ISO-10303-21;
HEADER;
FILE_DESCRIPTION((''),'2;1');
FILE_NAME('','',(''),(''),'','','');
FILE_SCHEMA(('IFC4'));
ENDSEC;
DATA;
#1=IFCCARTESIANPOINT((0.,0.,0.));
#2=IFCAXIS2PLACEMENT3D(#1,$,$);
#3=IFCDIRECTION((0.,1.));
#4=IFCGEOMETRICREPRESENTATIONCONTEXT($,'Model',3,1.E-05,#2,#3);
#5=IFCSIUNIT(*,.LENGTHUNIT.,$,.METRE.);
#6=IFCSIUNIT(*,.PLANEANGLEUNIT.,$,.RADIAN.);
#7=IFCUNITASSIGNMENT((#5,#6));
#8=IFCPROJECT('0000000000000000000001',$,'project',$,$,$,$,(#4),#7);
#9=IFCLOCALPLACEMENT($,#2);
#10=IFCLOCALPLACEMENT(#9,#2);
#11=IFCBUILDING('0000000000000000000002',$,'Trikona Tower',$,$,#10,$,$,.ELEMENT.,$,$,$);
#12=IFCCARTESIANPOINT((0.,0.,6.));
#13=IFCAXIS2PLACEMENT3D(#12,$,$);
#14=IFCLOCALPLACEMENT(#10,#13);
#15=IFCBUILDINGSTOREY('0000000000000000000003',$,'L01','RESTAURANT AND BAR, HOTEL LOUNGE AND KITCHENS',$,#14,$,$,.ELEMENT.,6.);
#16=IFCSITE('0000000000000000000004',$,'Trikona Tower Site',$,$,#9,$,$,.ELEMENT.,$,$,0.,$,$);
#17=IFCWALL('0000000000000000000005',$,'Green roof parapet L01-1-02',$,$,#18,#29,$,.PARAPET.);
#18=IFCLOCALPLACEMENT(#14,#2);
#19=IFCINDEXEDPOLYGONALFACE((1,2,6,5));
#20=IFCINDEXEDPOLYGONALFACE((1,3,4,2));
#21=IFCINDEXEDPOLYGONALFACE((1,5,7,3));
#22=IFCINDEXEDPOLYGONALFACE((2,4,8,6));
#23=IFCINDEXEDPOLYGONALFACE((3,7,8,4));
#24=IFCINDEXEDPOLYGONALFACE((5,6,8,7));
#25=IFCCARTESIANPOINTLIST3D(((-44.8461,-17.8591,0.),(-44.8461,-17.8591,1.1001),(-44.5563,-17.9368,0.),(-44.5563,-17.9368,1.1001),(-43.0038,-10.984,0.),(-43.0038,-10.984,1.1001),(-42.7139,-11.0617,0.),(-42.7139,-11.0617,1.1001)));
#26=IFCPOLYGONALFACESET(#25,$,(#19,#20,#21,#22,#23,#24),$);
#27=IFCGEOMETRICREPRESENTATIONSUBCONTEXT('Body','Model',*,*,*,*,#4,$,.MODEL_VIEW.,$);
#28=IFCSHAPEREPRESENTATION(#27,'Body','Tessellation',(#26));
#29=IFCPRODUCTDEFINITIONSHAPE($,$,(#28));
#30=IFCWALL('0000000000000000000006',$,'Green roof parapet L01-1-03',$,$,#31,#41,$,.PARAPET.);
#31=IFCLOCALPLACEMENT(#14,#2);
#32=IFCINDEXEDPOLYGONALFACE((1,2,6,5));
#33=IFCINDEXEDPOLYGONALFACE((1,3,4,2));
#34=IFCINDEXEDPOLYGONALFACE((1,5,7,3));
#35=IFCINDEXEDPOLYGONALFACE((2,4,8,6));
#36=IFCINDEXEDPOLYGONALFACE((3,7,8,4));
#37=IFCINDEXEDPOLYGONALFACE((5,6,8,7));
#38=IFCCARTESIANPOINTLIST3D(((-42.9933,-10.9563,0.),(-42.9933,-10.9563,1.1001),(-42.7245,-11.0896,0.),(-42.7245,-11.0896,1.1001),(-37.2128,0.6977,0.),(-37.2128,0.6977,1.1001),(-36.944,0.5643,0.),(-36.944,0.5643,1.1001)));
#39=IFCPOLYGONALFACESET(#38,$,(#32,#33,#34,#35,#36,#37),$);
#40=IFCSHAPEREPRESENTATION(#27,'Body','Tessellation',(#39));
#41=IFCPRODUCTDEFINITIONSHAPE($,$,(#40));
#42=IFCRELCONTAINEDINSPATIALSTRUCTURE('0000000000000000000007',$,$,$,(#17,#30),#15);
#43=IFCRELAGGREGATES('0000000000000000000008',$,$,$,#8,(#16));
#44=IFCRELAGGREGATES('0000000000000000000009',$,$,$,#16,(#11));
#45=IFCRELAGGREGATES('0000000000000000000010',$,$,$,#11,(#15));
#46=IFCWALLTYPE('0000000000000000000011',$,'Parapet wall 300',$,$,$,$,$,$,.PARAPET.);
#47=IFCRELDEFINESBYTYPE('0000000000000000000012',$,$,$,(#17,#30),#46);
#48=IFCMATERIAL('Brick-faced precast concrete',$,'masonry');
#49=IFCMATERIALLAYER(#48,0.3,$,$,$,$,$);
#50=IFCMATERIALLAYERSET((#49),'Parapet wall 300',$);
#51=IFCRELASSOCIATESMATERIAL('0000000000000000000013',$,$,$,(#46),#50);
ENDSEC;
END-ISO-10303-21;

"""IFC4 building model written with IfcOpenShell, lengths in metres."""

from ifc_helpers import new_model, si_unit, direction, frame, frame_2d, origin, place, context, subcontext, project, spatial, rectangle, extrude, material, layer, layer_set, type_object, element, save


model = new_model("IFC4")

# Units and contexts
model_context = context("Model", 3, precision=1e-05, world=origin(), true_north=direction((0.0, 1.0)))
body_context = subcontext(model_context, "Body", "Model", "MODEL_VIEW")
ifc_project = project(units=[si_unit("LENGTHUNIT", "METRE"), si_unit("PLANEANGLEUNIT", "RADIAN")], contexts=[model_context])

# Site, building, storey
site_placement = place(None, origin())
site = spatial("IfcSite", under=ifc_project, at=site_placement, Name="Trikona Tower Site", CompositionType="ELEMENT", RefElevation=0.0)
building_placement = place(site_placement, origin())
building = spatial("IfcBuilding", under=site, at=building_placement, Name="Trikona Tower", CompositionType="ELEMENT")
storey_placement = place(building_placement, frame((0.0, 0.0, 6.0)))
storey = spatial("IfcBuildingStorey", under=building, at=storey_placement, Name="L01", Description="RESTAURANT AND BAR, HOTEL LOUNGE AND KITCHENS", CompositionType="ELEMENT", Elevation=6.0)

# Walls
ifc_material_1 = material(Name="Brick-faced precast concrete", Category="masonry")
ifc_layer_1 = layer(ifc_material_1, 0.3)
ifc_layer_set_1 = layer_set([ifc_layer_1], Name="Parapet wall 300")
wall_type_1 = type_object("IfcWallType", Name="Parapet wall 300", PredefinedType="PARAPET", material=ifc_layer_set_1)
wall_1_placement = place(storey_placement, frame((-44.7012, -17.8979, 0.0), z_axis=(0.0, 0.0, 1.0), x_axis=(0.258837, 0.965921, 0.0)))
element("IfcWall", 1, at=wall_1_placement, inside=storey, type_object=wall_type_1, Name="Green roof parapet L01-1-02", PredefinedType="PARAPET", context=body_context, shape_type="SweptSolid", body=[
    extrude(rectangle(XDim=7.1177, YDim=0.3, at=frame_2d((3.5588, 0.0))), origin(), (0.0, 0.0, 1.0), 1.1001),
])
wall_2_placement = place(storey_placement, frame((-42.8589, -11.0229, 0.0), z_axis=(0.0, 0.0, 1.0), x_axis=(0.444351, 0.895853, 0.0)))
element("IfcWall", 2, at=wall_2_placement, inside=storey, type_object=wall_type_1, Name="Green roof parapet L01-1-03", PredefinedType="PARAPET", context=body_context, shape_type="SweptSolid", body=[
    extrude(rectangle(XDim=13.0088, YDim=0.3, at=frame_2d((6.5044, 0.0))), origin(), (0.0, 0.0, 1.0), 1.1001),
])

save(model, "model.ifc")
